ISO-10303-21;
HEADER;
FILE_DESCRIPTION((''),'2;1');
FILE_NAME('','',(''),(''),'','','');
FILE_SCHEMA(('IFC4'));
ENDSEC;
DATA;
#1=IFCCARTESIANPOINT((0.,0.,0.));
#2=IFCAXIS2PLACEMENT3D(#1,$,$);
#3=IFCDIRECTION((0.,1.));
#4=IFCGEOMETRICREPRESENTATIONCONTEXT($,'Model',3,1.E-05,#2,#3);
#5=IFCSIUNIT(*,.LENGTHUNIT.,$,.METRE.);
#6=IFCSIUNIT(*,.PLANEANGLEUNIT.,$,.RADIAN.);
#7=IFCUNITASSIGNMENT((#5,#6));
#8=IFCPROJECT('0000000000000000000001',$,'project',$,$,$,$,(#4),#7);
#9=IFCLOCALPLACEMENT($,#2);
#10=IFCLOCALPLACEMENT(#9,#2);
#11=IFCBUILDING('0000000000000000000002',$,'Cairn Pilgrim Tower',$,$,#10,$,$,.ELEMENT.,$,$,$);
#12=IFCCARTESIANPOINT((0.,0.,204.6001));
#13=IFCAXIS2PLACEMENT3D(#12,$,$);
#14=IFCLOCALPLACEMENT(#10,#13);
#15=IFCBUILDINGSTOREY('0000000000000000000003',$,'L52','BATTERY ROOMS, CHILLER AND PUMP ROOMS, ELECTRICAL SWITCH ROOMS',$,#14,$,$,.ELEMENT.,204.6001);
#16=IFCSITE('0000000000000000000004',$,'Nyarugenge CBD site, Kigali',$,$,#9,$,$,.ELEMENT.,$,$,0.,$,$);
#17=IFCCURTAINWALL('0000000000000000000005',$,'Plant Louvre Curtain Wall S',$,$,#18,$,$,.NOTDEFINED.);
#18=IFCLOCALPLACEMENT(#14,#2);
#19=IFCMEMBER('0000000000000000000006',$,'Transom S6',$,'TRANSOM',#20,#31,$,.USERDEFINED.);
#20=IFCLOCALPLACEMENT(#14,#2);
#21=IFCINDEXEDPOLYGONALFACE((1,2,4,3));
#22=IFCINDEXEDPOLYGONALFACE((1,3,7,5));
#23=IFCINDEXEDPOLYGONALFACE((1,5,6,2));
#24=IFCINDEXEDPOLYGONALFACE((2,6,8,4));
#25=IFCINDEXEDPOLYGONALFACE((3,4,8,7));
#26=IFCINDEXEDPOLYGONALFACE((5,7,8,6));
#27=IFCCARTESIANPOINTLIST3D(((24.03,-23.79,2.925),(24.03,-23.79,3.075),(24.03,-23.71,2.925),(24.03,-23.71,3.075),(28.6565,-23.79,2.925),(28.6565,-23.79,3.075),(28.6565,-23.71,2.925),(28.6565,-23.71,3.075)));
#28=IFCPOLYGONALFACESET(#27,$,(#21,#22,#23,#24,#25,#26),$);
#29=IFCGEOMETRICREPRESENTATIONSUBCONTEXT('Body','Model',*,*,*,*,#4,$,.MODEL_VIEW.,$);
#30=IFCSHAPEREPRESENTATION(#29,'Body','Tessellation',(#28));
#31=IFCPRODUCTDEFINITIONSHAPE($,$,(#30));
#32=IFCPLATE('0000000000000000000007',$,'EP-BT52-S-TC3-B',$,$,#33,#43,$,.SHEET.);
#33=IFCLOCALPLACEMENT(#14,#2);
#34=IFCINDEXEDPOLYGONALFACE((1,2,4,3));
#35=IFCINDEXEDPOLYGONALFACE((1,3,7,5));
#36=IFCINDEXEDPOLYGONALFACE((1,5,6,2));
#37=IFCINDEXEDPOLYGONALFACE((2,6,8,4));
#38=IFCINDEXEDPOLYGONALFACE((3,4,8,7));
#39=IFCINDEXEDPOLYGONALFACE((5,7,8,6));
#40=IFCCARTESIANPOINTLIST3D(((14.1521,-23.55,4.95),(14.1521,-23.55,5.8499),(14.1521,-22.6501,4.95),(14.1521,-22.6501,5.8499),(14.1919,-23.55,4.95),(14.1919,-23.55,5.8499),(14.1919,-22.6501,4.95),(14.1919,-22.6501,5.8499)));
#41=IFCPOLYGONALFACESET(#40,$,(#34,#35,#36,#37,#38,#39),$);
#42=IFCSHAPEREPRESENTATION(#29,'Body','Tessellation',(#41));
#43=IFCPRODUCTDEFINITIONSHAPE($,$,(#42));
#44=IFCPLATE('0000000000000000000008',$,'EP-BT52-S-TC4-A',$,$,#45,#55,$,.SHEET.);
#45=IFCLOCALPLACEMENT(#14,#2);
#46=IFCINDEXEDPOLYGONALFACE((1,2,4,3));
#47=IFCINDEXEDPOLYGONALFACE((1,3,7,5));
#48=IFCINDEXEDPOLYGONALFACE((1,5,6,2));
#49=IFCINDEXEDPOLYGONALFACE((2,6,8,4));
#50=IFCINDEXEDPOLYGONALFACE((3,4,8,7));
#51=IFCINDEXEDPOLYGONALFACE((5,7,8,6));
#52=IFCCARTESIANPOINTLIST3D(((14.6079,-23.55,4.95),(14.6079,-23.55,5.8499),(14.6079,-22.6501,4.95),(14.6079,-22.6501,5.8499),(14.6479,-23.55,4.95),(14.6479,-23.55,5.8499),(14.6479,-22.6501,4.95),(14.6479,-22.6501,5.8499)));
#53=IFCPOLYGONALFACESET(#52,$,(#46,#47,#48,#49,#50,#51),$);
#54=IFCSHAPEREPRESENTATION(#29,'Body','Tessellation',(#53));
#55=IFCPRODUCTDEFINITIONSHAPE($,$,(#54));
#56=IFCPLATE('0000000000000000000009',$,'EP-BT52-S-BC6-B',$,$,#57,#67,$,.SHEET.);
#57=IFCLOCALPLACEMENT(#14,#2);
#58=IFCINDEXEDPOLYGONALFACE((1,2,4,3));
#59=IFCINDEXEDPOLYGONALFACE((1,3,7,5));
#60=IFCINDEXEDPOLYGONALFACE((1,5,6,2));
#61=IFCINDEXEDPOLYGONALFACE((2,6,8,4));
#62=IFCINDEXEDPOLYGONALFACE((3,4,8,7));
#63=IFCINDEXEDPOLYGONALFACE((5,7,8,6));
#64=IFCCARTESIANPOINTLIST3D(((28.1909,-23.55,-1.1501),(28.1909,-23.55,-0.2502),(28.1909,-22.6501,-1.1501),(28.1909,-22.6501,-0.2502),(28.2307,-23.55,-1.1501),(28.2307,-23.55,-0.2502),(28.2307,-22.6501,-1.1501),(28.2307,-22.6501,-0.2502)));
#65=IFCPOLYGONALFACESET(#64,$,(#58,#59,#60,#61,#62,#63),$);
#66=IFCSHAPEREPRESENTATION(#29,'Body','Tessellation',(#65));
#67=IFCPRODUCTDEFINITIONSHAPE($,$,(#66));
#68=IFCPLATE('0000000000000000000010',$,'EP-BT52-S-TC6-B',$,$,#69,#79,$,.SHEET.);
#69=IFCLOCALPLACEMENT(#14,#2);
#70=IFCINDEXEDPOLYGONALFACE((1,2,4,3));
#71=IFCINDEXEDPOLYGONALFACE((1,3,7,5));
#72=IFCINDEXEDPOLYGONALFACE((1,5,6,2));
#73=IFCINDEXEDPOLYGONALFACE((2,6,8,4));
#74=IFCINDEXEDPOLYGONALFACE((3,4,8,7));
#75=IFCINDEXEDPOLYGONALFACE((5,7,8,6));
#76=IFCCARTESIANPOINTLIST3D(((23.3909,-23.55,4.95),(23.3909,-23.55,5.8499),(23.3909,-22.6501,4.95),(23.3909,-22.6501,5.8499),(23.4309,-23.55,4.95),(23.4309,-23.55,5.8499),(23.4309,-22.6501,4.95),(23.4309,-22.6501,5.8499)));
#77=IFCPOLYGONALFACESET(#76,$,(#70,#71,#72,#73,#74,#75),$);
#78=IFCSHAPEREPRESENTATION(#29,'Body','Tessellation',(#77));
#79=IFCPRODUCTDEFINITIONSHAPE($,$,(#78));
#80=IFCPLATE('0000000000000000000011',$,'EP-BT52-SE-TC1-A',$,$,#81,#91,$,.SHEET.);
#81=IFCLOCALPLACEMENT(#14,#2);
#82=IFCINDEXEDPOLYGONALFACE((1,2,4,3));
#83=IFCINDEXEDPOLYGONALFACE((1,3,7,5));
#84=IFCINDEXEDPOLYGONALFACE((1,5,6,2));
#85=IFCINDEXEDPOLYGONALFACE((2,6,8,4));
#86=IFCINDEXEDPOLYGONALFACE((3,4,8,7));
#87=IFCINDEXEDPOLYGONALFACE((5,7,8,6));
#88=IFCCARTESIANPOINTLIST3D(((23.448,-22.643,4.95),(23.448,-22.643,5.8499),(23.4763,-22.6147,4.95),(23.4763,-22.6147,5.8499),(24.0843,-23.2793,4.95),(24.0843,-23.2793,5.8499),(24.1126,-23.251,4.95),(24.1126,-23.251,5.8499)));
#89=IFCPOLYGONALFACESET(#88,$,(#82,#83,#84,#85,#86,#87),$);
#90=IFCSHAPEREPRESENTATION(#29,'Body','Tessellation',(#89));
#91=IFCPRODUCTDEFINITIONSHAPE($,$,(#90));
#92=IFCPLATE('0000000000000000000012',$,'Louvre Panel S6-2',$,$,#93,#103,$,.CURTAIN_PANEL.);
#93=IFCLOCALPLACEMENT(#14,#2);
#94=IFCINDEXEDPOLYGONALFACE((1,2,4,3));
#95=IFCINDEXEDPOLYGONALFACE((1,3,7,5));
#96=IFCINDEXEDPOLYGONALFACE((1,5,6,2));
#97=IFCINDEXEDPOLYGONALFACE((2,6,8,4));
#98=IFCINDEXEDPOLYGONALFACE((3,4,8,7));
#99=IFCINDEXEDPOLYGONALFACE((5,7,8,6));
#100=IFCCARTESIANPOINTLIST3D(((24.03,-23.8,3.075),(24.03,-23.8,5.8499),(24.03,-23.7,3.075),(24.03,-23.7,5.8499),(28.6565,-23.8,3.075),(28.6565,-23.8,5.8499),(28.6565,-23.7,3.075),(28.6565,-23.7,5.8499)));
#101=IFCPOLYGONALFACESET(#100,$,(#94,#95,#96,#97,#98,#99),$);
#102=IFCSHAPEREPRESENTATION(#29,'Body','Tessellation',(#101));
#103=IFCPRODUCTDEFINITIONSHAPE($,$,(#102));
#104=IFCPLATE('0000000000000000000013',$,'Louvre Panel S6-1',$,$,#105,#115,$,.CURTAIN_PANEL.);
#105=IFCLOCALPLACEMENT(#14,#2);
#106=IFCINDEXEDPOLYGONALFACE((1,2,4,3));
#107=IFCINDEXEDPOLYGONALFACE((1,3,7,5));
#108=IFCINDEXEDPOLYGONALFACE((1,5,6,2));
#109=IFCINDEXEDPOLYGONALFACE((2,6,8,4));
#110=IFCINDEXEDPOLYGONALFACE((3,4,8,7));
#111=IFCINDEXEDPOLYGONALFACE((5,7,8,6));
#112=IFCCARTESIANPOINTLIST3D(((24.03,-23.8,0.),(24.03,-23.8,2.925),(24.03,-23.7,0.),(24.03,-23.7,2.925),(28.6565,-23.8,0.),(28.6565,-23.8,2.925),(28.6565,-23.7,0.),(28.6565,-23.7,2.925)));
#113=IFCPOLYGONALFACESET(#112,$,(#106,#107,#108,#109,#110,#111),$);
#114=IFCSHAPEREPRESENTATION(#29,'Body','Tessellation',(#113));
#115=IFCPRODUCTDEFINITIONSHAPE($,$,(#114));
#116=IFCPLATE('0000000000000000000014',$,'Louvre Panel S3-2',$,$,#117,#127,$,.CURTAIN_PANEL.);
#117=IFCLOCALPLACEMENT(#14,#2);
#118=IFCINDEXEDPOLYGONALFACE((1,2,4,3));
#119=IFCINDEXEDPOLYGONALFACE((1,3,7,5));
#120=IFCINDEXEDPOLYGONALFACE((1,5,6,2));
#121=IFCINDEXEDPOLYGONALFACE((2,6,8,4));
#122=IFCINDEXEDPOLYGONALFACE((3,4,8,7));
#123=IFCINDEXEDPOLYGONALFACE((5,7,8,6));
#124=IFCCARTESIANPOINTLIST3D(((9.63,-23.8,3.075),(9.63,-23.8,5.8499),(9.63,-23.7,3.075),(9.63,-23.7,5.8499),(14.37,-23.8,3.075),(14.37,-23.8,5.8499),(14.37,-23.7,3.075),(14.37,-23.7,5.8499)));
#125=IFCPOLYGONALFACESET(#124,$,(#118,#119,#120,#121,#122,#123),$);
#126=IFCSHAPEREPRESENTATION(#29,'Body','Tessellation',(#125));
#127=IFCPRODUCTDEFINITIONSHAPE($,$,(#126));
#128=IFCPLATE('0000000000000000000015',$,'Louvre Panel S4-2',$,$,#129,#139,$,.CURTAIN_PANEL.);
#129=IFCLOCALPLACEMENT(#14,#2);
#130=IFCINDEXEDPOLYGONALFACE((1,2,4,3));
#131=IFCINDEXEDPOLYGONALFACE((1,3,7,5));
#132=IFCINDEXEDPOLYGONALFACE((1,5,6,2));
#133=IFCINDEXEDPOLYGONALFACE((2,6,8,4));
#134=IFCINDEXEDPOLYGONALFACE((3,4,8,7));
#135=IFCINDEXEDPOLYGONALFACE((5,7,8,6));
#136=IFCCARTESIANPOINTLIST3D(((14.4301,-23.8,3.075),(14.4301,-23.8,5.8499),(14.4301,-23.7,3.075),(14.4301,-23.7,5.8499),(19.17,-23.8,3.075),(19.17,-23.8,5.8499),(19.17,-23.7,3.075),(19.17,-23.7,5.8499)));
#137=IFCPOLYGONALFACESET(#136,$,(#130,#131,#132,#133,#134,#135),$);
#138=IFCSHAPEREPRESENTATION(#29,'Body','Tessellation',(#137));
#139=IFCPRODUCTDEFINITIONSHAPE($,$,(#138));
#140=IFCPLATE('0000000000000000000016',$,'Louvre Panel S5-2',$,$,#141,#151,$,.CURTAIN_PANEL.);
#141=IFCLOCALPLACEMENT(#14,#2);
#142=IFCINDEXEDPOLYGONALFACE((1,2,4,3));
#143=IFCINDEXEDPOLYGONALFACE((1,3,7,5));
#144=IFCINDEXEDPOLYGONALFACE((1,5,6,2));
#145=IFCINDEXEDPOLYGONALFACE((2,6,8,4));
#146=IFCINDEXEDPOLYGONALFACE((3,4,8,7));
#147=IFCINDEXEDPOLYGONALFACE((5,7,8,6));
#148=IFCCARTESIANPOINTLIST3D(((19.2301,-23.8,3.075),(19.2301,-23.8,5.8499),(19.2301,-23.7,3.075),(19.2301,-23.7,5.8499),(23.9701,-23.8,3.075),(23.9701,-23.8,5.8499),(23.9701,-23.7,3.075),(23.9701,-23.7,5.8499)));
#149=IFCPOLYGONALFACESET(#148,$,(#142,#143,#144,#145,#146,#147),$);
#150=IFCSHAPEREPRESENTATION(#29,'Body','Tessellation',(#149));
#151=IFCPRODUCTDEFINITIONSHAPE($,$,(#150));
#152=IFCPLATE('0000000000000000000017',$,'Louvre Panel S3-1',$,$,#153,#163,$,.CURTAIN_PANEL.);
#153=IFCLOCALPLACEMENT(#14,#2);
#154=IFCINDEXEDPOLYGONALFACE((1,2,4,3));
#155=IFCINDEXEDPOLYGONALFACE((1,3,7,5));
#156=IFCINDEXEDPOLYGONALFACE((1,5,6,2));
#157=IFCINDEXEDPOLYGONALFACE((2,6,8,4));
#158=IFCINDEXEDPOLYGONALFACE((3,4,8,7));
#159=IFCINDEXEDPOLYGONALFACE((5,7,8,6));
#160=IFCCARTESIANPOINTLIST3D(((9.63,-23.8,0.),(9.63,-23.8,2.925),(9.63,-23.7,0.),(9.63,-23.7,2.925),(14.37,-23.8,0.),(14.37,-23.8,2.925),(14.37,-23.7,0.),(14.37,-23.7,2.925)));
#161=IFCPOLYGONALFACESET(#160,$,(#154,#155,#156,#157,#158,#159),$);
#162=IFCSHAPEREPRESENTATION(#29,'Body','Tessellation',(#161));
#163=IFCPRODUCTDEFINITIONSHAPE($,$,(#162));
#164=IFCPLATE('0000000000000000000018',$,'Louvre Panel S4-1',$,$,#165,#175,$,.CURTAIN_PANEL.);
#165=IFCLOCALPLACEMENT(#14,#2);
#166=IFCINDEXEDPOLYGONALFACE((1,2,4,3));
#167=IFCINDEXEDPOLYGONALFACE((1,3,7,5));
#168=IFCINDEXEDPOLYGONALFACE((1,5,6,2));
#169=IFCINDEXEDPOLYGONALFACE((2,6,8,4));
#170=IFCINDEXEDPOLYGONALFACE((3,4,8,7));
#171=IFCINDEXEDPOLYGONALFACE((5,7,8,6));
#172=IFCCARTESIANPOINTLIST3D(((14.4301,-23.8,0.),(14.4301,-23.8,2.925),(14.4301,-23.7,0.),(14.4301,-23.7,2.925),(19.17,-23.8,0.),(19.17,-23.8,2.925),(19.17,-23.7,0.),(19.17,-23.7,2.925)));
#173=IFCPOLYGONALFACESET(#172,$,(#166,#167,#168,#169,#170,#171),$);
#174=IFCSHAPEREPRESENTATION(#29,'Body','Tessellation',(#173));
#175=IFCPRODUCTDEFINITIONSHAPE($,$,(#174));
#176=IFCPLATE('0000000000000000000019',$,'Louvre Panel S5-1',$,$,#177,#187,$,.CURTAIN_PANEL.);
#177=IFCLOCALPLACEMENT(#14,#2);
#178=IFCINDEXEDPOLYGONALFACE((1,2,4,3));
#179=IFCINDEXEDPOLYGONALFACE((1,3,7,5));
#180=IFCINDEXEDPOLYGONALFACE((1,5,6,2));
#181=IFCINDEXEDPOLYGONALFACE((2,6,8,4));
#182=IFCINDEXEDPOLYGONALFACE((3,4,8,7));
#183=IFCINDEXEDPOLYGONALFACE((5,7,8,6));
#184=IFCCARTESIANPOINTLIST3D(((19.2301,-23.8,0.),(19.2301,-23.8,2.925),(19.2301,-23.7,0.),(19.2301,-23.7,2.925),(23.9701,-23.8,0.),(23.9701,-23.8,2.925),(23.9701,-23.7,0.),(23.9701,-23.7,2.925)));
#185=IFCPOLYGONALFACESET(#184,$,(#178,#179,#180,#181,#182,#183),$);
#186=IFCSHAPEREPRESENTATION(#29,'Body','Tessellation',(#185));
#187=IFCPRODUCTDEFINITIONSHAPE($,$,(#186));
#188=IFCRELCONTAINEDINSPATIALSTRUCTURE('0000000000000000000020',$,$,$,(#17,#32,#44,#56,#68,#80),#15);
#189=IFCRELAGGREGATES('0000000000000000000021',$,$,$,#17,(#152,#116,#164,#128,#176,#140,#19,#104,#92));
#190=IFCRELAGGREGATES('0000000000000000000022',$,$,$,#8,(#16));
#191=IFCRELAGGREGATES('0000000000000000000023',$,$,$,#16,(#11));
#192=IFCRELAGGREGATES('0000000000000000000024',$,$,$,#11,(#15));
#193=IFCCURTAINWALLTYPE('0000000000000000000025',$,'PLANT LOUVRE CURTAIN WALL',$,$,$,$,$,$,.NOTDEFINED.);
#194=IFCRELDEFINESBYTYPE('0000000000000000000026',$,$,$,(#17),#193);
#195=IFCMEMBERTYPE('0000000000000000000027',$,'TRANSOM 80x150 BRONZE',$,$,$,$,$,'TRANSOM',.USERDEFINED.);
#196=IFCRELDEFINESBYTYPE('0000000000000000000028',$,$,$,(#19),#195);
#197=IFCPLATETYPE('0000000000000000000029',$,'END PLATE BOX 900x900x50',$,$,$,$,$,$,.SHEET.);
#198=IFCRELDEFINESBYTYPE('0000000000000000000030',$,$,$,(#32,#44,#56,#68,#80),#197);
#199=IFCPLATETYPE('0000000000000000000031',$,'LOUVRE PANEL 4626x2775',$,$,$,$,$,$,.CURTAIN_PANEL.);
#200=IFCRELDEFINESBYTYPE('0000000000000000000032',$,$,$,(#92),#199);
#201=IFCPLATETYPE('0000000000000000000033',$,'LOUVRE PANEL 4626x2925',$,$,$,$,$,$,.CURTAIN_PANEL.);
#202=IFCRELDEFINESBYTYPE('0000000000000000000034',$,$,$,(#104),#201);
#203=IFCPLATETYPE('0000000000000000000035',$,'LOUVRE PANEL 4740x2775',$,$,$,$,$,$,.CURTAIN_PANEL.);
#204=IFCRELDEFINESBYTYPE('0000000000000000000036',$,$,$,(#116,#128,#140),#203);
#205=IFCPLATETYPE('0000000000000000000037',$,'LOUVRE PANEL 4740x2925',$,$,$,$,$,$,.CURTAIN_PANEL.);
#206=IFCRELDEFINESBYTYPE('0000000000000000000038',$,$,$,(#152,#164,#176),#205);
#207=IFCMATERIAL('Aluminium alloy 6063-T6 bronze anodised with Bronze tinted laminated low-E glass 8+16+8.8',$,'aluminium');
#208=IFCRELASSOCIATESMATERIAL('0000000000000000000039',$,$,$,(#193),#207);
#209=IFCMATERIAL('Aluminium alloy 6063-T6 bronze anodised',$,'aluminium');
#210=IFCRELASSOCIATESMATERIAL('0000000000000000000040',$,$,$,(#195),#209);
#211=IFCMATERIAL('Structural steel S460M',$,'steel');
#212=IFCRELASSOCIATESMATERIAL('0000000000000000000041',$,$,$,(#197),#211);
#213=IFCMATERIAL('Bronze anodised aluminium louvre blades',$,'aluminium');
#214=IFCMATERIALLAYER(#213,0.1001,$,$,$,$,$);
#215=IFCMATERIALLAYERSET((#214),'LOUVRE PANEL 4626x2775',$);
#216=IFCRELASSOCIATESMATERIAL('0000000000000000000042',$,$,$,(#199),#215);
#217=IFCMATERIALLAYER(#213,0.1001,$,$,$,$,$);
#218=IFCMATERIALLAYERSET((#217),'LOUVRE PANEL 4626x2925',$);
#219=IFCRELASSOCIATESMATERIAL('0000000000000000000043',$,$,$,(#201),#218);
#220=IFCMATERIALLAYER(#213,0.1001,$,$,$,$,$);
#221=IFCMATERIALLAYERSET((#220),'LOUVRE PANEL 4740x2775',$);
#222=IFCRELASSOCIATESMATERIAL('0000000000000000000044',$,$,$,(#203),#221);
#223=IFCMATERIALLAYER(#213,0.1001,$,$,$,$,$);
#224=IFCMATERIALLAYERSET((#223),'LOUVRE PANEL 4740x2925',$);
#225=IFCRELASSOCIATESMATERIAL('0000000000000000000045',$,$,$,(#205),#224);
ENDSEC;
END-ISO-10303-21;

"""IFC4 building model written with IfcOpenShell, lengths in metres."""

from ifc_helpers import new_model, si_unit, direction, frame, origin, origin_2d, place, context, subcontext, project, spatial, rectangle, extrude, material, layer, layer_set, material_profile, profile_set, type_object, element, aggregate, save


model = new_model("IFC4")

# Units and contexts
model_context = context("Model", 3, precision=1e-05, world=origin(), true_north=direction((0.0, 1.0)))
body_context = subcontext(model_context, "Body", "Model", "MODEL_VIEW")
ifc_project = project(units=[si_unit("LENGTHUNIT", "METRE"), si_unit("PLANEANGLEUNIT", "RADIAN")], contexts=[model_context])

# Site, building, storey
site_placement = place(None, origin())
site = spatial("IfcSite", under=ifc_project, at=site_placement, Name="Nyarugenge CBD site, Kigali", CompositionType="ELEMENT", RefElevation=0.0)
building_placement = place(site_placement, origin())
building = spatial("IfcBuilding", under=site, at=building_placement, Name="Cairn Pilgrim Tower", CompositionType="ELEMENT")
storey_placement = place(building_placement, frame((0.0, 0.0, 204.6001)))
storey = spatial("IfcBuildingStorey", under=building, at=storey_placement, Name="L52", Description="BATTERY ROOMS, CHILLER AND PUMP ROOMS, ELECTRICAL SWITCH ROOMS", CompositionType="ELEMENT", Elevation=204.6001)

# Shared definitions
ifc_material_1 = material(Name="Structural steel S460M", Category="steel")

# Curtain wall
ifc_material_2 = material(Name="Aluminium alloy 6063-T6 bronze anodised with Bronze tinted laminated low-E glass 8+16+8.8", Category="aluminium")
curtain_wall_type = type_object("IfcCurtainWallType", Name="PLANT LOUVRE CURTAIN WALL", PredefinedType="NOTDEFINED", material=ifc_material_2)
curtain_wall_placement = place(storey_placement, origin())
curtain_wall = element("IfcCurtainWall", 1, at=curtain_wall_placement, inside=storey, type_object=curtain_wall_type, Name="Plant Louvre Curtain Wall S", PredefinedType="NOTDEFINED")
ifc_material_3 = material(Name="Aluminium alloy 6063-T6 bronze anodised", Category="aluminium")

# Member
ifc_material_profile_1 = material_profile(ifc_material_3, rectangle(XDim=0.0801, YDim=0.1499, at=origin_2d()), Name="TRANSOM 80x150 BRONZE")
ifc_profile_set_1 = profile_set([ifc_material_profile_1], Name="Aluminium alloy 6063-T6 bronze anodised")
member_type_1 = type_object("IfcMemberType", Name="TRANSOM 80x150 BRONZE", ElementType="TRANSOM", PredefinedType="USERDEFINED", material=ifc_profile_set_1)
member_1_placement = place(storey_placement, frame((24.03, -23.75, 3.0), z_axis=(1.0, 0.0, 0.0), x_axis=(0.0, 1.0, 0.0)))
member_1 = element("IfcMember", 2, at=member_1_placement, type_object=member_type_1, Name="Transom S6", ObjectType="TRANSOM", PredefinedType="USERDEFINED", context=body_context, shape_type="SweptSolid", body=[
    extrude(rectangle(XDim=0.0801, YDim=0.1499, at=origin_2d()), origin(), (0.0, 0.0, 1.0), 4.6265),
])

# Plates
ifc_material_profile_2 = material_profile(ifc_material_1, rectangle(XDim=0.8999, YDim=0.8999, at=origin_2d()), Name="END PLATE BOX 900x900x50")
ifc_profile_set_2 = profile_set([ifc_material_profile_2], Name="Structural steel S460M")
plate_type_1 = type_object("IfcPlateType", Name="END PLATE BOX 900x900x50", PredefinedType="SHEET", material=ifc_profile_set_2)
plate_1_placement = place(storey_placement, frame((14.1521, -23.1001, 5.3999), z_axis=(1.0, 0.0, 0.0), x_axis=(0.0, 1.0, 0.0)))
element("IfcPlate", 3, at=plate_1_placement, inside=storey, type_object=plate_type_1, Name="EP-BT52-S-TC3-B", PredefinedType="SHEET", context=body_context, shape_type="SweptSolid", body=[
    extrude(rectangle(XDim=0.8999, YDim=0.8999, at=origin_2d()), origin(), (0.0, 0.0, 1.0), 0.0398),
])
plate_2_placement = place(storey_placement, frame((14.6479, -23.1001, 5.3999), z_axis=(-1.0, 0.0, 0.0), x_axis=(0.0, -1.0, 0.0)))
element("IfcPlate", 4, at=plate_2_placement, inside=storey, type_object=plate_type_1, Name="EP-BT52-S-TC4-A", PredefinedType="SHEET", context=body_context, shape_type="SweptSolid", body=[
    extrude(rectangle(XDim=0.8999, YDim=0.8999, at=origin_2d()), origin(), (0.0, 0.0, 1.0), 0.04),
])
plate_3_placement = place(storey_placement, frame((28.1909, -23.1001, -0.7002), z_axis=(1.0, 0.0, 0.0), x_axis=(0.0, 1.0, 0.0)))
element("IfcPlate", 5, at=plate_3_placement, inside=storey, type_object=plate_type_1, Name="EP-BT52-S-BC6-B", PredefinedType="SHEET", context=body_context, shape_type="SweptSolid", body=[
    extrude(rectangle(XDim=0.8999, YDim=0.8999, at=origin_2d()), origin(), (0.0, 0.0, 1.0), 0.0398),
])
for number, where, z_axis, x_axis, name in (
    (6, (23.3909, -23.1001, 5.3999), (1.0, 0.0, 0.0), (0.0, 1.0, 0.0), "EP-BT52-S-TC6-B"),
    (7, (23.7944, -22.9329, 5.3999), (-0.707107, -0.707107, 0.0), (0.707107, -0.707107, 0.0), "EP-BT52-SE-TC1-A"),
):
    element("IfcPlate", number, at=place(storey_placement, frame(where, z_axis=z_axis, x_axis=x_axis)), inside=storey, type_object=plate_type_1, Name=name, PredefinedType="SHEET", context=body_context, shape_type="SweptSolid", body=[
        extrude(rectangle(XDim=0.8999, YDim=0.8999, at=origin_2d()), origin(), (0.0, 0.0, 1.0), 0.04),
    ])

# Plates
ifc_material_4 = material(Name="Bronze anodised aluminium louvre blades", Category="aluminium")
ifc_layer_1 = layer(ifc_material_4, 0.1001)
ifc_layer_set_1 = layer_set([ifc_layer_1], Name="LOUVRE PANEL 4626x2775")
plate_type_2 = type_object("IfcPlateType", Name="LOUVRE PANEL 4626x2775", PredefinedType="CURTAIN_PANEL", material=ifc_layer_set_1)
plate_4_placement = place(storey_placement, frame((26.3433, -23.75, 3.075), z_axis=(0.0, 0.0, 1.0), x_axis=(1.0, 0.0, 0.0)))
plate_4 = element("IfcPlate", 8, at=plate_4_placement, type_object=plate_type_2, Name="Louvre Panel S6-2", PredefinedType="CURTAIN_PANEL", context=body_context, shape_type="SweptSolid", body=[
    extrude(rectangle(XDim=4.6265, YDim=0.1001, at=origin_2d()), origin(), (0.0, 0.0, 1.0), 2.7749),
])
ifc_layer_2 = layer(ifc_material_4, 0.1001)
ifc_layer_set_2 = layer_set([ifc_layer_2], Name="LOUVRE PANEL 4626x2925")
plate_type_3 = type_object("IfcPlateType", Name="LOUVRE PANEL 4626x2925", PredefinedType="CURTAIN_PANEL", material=ifc_layer_set_2)
plate_5_placement = place(storey_placement, frame((26.3433, -23.75, 0.0), z_axis=(0.0, 0.0, 1.0), x_axis=(1.0, 0.0, 0.0)))
plate_5 = element("IfcPlate", 9, at=plate_5_placement, type_object=plate_type_3, Name="Louvre Panel S6-1", PredefinedType="CURTAIN_PANEL", context=body_context, shape_type="SweptSolid", body=[
    extrude(rectangle(XDim=4.6265, YDim=0.1001, at=origin_2d()), origin(), (0.0, 0.0, 1.0), 2.925),
])
ifc_layer_3 = layer(ifc_material_4, 0.1001)
ifc_layer_set_3 = layer_set([ifc_layer_3], Name="LOUVRE PANEL 4740x2775")
plate_type_4 = type_object("IfcPlateType", Name="LOUVRE PANEL 4740x2775", PredefinedType="CURTAIN_PANEL", material=ifc_layer_set_3)
plate_6_placement = place(storey_placement, frame((12.0, -23.75, 3.075), z_axis=(0.0, 0.0, 1.0), x_axis=(1.0, 0.0, 0.0)))
plate_6 = element("IfcPlate", 10, at=plate_6_placement, type_object=plate_type_4, Name="Louvre Panel S3-2", PredefinedType="CURTAIN_PANEL", context=body_context, shape_type="SweptSolid", body=[
    extrude(rectangle(XDim=4.74, YDim=0.1001, at=origin_2d()), origin(), (0.0, 0.0, 1.0), 2.7749),
])
plate_7_placement = place(storey_placement, frame((16.8, -23.75, 3.075), z_axis=(0.0, 0.0, 1.0), x_axis=(1.0, 0.0, 0.0)))
plate_7 = element("IfcPlate", 11, at=plate_7_placement, type_object=plate_type_4, Name="Louvre Panel S4-2", PredefinedType="CURTAIN_PANEL", context=body_context, shape_type="SweptSolid", body=[
    extrude(rectangle(XDim=4.74, YDim=0.1001, at=origin_2d()), origin(), (0.0, 0.0, 1.0), 2.7749),
])
plate_8_placement = place(storey_placement, frame((21.6001, -23.75, 3.075), z_axis=(0.0, 0.0, 1.0), x_axis=(1.0, 0.0, 0.0)))
plate_8 = element("IfcPlate", 12, at=plate_8_placement, type_object=plate_type_4, Name="Louvre Panel S5-2", PredefinedType="CURTAIN_PANEL", context=body_context, shape_type="SweptSolid", body=[
    extrude(rectangle(XDim=4.74, YDim=0.1001, at=origin_2d()), origin(), (0.0, 0.0, 1.0), 2.7749),
])
ifc_layer_4 = layer(ifc_material_4, 0.1001)
ifc_layer_set_4 = layer_set([ifc_layer_4], Name="LOUVRE PANEL 4740x2925")
plate_type_5 = type_object("IfcPlateType", Name="LOUVRE PANEL 4740x2925", PredefinedType="CURTAIN_PANEL", material=ifc_layer_set_4)
plate_9_placement = place(storey_placement, frame((12.0, -23.75, 0.0), z_axis=(0.0, 0.0, 1.0), x_axis=(1.0, 0.0, 0.0)))
plate_9 = element("IfcPlate", 13, at=plate_9_placement, type_object=plate_type_5, Name="Louvre Panel S3-1", PredefinedType="CURTAIN_PANEL", context=body_context, shape_type="SweptSolid", body=[
    extrude(rectangle(XDim=4.74, YDim=0.1001, at=origin_2d()), origin(), (0.0, 0.0, 1.0), 2.925),
])
plate_10_placement = place(storey_placement, frame((16.8, -23.75, 0.0), z_axis=(0.0, 0.0, 1.0), x_axis=(1.0, 0.0, 0.0)))
plate_10 = element("IfcPlate", 14, at=plate_10_placement, type_object=plate_type_5, Name="Louvre Panel S4-1", PredefinedType="CURTAIN_PANEL", context=body_context, shape_type="SweptSolid", body=[
    extrude(rectangle(XDim=4.74, YDim=0.1001, at=origin_2d()), origin(), (0.0, 0.0, 1.0), 2.925),
])
plate_11_placement = place(storey_placement, frame((21.6001, -23.75, 0.0), z_axis=(0.0, 0.0, 1.0), x_axis=(1.0, 0.0, 0.0)))
plate_11 = element("IfcPlate", 15, at=plate_11_placement, type_object=plate_type_5, Name="Louvre Panel S5-1", PredefinedType="CURTAIN_PANEL", context=body_context, shape_type="SweptSolid", body=[
    extrude(rectangle(XDim=4.74, YDim=0.1001, at=origin_2d()), origin(), (0.0, 0.0, 1.0), 2.925),
])
aggregate(curtain_wall, [plate_9, plate_6, plate_10, plate_7, plate_11, plate_8, member_1, plate_5, plate_4])

save(model, "model.ifc")
